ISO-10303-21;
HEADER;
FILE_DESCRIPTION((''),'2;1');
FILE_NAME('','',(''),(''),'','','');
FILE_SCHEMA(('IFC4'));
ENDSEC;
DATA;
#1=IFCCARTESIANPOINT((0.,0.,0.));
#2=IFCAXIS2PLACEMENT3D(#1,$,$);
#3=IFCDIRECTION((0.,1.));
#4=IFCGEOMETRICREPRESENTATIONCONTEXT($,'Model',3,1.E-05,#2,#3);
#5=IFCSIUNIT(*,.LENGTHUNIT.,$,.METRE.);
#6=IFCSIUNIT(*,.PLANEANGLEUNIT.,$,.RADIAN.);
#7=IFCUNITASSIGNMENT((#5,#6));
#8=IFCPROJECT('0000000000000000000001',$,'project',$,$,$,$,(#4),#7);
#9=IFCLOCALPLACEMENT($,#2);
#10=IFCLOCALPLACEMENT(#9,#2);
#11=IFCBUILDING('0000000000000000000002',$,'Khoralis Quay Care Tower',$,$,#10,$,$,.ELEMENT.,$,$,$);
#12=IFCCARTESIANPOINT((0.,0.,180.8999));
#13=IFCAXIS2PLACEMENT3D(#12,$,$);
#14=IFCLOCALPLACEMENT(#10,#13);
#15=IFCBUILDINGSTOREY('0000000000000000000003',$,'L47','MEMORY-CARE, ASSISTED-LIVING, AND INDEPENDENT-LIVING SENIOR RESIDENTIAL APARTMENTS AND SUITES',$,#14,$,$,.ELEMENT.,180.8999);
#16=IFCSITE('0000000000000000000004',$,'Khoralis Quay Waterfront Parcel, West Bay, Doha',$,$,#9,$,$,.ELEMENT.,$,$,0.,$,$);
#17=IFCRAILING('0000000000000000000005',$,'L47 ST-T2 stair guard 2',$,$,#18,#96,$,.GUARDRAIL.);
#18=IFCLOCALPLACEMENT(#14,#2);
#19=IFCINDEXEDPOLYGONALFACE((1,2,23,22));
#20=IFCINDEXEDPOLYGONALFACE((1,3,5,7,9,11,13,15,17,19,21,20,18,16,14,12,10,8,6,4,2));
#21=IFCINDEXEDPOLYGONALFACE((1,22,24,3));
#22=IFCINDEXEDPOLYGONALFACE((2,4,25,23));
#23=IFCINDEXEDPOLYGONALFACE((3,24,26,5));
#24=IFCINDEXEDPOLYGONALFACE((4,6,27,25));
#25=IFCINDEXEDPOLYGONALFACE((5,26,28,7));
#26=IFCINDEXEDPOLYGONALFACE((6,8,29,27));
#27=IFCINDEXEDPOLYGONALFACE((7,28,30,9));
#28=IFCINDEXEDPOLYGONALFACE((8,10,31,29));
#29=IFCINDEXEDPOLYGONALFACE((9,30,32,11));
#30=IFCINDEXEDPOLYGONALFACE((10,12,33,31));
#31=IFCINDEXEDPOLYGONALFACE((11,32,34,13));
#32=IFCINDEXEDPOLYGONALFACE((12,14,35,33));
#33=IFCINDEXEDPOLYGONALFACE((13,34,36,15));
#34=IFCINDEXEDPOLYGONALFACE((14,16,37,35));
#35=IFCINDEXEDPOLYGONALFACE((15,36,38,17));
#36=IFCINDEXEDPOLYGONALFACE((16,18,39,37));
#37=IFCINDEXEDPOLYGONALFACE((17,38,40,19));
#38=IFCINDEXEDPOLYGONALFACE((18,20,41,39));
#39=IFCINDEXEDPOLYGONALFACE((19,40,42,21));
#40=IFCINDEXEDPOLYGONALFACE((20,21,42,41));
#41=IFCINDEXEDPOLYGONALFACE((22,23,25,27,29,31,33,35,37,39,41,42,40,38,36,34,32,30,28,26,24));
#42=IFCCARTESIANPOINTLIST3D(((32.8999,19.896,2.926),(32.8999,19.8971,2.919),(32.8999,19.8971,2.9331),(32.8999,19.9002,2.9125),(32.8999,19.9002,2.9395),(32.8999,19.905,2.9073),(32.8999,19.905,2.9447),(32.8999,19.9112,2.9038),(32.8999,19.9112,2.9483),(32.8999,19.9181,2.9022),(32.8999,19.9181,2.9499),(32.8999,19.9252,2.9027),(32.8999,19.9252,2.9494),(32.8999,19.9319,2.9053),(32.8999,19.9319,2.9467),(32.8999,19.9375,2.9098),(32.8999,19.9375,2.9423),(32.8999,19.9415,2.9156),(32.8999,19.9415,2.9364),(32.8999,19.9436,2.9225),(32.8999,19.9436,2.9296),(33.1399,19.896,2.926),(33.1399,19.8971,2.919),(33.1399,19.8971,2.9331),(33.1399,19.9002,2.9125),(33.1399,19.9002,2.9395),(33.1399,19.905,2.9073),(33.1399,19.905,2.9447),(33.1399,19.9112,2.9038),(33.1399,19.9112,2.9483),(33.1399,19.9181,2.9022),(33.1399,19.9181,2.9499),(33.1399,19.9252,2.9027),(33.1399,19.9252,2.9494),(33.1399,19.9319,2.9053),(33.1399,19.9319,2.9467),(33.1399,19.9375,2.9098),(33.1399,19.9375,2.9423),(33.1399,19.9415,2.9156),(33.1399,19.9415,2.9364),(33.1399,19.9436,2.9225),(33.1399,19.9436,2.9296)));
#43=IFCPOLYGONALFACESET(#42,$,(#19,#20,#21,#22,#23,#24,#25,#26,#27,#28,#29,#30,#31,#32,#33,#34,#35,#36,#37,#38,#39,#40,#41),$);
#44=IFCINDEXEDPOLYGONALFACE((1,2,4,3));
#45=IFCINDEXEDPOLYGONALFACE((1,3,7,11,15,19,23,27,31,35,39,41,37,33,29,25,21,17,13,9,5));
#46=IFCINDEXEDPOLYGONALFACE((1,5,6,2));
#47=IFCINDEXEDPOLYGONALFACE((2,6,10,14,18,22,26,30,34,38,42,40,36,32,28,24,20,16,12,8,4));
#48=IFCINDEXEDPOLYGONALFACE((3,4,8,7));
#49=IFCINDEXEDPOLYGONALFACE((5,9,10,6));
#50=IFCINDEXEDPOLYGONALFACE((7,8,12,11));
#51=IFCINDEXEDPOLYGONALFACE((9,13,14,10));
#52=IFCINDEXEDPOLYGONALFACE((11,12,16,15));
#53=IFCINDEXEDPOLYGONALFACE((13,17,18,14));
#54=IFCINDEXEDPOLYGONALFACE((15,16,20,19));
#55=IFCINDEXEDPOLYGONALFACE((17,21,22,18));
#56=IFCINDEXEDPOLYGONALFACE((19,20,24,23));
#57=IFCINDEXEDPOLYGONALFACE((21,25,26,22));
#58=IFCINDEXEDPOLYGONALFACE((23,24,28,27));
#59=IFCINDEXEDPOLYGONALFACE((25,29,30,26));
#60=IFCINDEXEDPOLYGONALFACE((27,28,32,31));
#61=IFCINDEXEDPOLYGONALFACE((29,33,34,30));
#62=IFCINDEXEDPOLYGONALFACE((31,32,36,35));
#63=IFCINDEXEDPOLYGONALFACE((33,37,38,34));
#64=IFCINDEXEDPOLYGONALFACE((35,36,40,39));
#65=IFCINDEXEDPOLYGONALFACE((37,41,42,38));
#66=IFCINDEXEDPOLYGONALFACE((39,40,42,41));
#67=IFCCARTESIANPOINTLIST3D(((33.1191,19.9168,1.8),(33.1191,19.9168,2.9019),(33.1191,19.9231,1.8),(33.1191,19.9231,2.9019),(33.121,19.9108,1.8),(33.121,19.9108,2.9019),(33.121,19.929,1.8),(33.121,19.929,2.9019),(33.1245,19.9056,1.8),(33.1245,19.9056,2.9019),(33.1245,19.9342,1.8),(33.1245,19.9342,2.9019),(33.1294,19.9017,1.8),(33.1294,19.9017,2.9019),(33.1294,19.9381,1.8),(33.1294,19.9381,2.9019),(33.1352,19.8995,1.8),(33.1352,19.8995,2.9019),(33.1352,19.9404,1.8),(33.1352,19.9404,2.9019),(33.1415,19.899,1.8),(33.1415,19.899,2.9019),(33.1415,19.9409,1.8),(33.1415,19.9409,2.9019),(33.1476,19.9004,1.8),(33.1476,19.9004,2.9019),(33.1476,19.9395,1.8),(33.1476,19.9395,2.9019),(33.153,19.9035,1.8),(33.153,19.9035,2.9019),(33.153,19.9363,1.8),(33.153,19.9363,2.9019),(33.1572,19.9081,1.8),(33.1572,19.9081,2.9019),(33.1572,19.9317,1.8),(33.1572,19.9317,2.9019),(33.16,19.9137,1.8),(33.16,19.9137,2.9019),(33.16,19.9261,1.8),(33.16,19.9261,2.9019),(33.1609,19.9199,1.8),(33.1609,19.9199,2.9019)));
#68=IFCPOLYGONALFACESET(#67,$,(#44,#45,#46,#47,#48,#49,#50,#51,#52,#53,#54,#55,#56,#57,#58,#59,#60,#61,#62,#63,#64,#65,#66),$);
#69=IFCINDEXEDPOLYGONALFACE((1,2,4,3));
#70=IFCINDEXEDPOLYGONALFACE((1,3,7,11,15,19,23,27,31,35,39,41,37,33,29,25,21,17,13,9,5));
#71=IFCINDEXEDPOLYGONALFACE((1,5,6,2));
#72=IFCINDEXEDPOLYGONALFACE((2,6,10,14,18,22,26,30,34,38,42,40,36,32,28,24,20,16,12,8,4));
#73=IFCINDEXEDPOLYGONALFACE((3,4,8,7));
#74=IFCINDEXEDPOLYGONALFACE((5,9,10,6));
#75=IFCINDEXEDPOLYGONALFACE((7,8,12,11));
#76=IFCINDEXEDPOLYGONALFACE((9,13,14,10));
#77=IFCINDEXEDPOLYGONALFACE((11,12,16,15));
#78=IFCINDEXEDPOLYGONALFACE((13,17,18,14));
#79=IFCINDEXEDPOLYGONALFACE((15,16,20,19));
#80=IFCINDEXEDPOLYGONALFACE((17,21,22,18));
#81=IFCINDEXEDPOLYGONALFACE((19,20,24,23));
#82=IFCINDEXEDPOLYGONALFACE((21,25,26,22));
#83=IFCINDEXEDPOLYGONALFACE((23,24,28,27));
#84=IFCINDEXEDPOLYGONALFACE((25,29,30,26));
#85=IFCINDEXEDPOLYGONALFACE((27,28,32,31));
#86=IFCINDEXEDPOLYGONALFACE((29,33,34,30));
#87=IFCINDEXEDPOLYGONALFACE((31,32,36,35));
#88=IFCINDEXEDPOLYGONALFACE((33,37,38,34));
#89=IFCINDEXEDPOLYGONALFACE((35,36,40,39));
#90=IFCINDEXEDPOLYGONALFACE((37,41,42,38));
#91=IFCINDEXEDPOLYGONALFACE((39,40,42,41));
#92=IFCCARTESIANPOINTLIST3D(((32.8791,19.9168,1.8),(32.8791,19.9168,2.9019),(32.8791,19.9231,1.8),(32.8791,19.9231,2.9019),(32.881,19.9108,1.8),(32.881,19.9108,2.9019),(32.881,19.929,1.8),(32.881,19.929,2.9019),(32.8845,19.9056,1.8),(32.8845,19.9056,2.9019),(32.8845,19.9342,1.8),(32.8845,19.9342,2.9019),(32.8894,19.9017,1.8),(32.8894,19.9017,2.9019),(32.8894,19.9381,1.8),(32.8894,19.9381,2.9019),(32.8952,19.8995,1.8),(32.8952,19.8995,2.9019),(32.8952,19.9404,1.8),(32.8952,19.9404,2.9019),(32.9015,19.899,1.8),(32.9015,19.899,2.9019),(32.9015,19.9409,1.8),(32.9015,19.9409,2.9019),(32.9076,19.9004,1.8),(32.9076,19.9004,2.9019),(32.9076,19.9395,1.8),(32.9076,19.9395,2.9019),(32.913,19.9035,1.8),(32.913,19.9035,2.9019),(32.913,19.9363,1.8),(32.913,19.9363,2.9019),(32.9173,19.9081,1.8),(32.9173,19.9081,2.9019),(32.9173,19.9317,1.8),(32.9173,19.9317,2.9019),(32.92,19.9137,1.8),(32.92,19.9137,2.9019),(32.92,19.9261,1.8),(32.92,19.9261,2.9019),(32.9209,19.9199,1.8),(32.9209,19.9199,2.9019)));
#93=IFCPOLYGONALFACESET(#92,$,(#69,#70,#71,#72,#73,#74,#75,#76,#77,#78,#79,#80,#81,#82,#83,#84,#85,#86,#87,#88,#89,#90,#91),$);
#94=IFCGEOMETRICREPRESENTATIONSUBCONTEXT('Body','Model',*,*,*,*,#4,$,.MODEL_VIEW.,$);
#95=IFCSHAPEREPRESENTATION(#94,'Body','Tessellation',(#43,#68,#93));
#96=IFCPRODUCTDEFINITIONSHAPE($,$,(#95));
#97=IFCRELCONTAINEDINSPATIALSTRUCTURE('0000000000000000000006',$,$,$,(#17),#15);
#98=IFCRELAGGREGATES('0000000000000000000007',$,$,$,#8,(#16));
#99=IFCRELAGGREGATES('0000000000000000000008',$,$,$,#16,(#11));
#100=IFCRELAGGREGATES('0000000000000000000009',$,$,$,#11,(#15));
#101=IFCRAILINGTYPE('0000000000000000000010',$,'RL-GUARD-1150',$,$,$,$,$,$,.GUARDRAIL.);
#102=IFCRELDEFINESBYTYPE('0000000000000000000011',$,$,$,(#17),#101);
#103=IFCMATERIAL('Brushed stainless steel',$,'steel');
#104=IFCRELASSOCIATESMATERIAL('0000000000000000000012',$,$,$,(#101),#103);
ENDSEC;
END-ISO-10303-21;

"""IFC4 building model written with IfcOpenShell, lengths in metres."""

from ifc_helpers import new_model, si_unit, direction, frame, origin, origin_2d, place, context, subcontext, project, spatial, circle, extrude, material, type_object, element, save


model = new_model("IFC4")

# Units and contexts
model_context = context("Model", 3, precision=1e-05, world=origin(), true_north=direction((0.0, 1.0)))
body_context = subcontext(model_context, "Body", "Model", "MODEL_VIEW")
ifc_project = project(units=[si_unit("LENGTHUNIT", "METRE"), si_unit("PLANEANGLEUNIT", "RADIAN")], contexts=[model_context])

# Site, building, storey
site_placement = place(None, origin())
site = spatial("IfcSite", under=ifc_project, at=site_placement, Name="Khoralis Quay Waterfront Parcel, West Bay, Doha", CompositionType="ELEMENT", RefElevation=0.0)
building_placement = place(site_placement, origin())
building = spatial("IfcBuilding", under=site, at=building_placement, Name="Khoralis Quay Care Tower", CompositionType="ELEMENT")
storey_placement = place(building_placement, frame((0.0, 0.0, 180.8999)))
storey = spatial("IfcBuildingStorey", under=building, at=storey_placement, Name="L47", Description="MEMORY-CARE, ASSISTED-LIVING, AND INDEPENDENT-LIVING SENIOR RESIDENTIAL APARTMENTS AND SUITES", CompositionType="ELEMENT", Elevation=180.8999)

# Railing
ifc_material_1 = material(Name="Brushed stainless steel", Category="steel")
railing_type = type_object("IfcRailingType", Name="RL-GUARD-1150", PredefinedType="GUARDRAIL", material=ifc_material_1)
railing_1_placement = place(storey_placement, frame((33.1399, 19.9199, 1.8)))
element("IfcRailing", 1, at=railing_1_placement, inside=storey, type_object=railing_type, Name="L47 ST-T2 stair guard 2", PredefinedType="GUARDRAIL", context=body_context, shape_type="SweptSolid", body=[
    extrude(circle(Radius=0.0239, at=origin_2d()), frame((0.0, 0.0, 1.126), z_axis=(-1.0, 0.0, 0.0), x_axis=(0.0, -1.0, 0.0)), (0.0, 0.0, 1.0), 0.24),
    extrude(circle(Radius=0.021, at=origin_2d()), origin(), (0.0, 0.0, 1.0), 1.1018),
    extrude(circle(Radius=0.021, at=origin_2d()), frame((-0.24, 0.0, 0.0)), (0.0, 0.0, 1.0), 1.1018),
])

save(model, "model.ifc")
